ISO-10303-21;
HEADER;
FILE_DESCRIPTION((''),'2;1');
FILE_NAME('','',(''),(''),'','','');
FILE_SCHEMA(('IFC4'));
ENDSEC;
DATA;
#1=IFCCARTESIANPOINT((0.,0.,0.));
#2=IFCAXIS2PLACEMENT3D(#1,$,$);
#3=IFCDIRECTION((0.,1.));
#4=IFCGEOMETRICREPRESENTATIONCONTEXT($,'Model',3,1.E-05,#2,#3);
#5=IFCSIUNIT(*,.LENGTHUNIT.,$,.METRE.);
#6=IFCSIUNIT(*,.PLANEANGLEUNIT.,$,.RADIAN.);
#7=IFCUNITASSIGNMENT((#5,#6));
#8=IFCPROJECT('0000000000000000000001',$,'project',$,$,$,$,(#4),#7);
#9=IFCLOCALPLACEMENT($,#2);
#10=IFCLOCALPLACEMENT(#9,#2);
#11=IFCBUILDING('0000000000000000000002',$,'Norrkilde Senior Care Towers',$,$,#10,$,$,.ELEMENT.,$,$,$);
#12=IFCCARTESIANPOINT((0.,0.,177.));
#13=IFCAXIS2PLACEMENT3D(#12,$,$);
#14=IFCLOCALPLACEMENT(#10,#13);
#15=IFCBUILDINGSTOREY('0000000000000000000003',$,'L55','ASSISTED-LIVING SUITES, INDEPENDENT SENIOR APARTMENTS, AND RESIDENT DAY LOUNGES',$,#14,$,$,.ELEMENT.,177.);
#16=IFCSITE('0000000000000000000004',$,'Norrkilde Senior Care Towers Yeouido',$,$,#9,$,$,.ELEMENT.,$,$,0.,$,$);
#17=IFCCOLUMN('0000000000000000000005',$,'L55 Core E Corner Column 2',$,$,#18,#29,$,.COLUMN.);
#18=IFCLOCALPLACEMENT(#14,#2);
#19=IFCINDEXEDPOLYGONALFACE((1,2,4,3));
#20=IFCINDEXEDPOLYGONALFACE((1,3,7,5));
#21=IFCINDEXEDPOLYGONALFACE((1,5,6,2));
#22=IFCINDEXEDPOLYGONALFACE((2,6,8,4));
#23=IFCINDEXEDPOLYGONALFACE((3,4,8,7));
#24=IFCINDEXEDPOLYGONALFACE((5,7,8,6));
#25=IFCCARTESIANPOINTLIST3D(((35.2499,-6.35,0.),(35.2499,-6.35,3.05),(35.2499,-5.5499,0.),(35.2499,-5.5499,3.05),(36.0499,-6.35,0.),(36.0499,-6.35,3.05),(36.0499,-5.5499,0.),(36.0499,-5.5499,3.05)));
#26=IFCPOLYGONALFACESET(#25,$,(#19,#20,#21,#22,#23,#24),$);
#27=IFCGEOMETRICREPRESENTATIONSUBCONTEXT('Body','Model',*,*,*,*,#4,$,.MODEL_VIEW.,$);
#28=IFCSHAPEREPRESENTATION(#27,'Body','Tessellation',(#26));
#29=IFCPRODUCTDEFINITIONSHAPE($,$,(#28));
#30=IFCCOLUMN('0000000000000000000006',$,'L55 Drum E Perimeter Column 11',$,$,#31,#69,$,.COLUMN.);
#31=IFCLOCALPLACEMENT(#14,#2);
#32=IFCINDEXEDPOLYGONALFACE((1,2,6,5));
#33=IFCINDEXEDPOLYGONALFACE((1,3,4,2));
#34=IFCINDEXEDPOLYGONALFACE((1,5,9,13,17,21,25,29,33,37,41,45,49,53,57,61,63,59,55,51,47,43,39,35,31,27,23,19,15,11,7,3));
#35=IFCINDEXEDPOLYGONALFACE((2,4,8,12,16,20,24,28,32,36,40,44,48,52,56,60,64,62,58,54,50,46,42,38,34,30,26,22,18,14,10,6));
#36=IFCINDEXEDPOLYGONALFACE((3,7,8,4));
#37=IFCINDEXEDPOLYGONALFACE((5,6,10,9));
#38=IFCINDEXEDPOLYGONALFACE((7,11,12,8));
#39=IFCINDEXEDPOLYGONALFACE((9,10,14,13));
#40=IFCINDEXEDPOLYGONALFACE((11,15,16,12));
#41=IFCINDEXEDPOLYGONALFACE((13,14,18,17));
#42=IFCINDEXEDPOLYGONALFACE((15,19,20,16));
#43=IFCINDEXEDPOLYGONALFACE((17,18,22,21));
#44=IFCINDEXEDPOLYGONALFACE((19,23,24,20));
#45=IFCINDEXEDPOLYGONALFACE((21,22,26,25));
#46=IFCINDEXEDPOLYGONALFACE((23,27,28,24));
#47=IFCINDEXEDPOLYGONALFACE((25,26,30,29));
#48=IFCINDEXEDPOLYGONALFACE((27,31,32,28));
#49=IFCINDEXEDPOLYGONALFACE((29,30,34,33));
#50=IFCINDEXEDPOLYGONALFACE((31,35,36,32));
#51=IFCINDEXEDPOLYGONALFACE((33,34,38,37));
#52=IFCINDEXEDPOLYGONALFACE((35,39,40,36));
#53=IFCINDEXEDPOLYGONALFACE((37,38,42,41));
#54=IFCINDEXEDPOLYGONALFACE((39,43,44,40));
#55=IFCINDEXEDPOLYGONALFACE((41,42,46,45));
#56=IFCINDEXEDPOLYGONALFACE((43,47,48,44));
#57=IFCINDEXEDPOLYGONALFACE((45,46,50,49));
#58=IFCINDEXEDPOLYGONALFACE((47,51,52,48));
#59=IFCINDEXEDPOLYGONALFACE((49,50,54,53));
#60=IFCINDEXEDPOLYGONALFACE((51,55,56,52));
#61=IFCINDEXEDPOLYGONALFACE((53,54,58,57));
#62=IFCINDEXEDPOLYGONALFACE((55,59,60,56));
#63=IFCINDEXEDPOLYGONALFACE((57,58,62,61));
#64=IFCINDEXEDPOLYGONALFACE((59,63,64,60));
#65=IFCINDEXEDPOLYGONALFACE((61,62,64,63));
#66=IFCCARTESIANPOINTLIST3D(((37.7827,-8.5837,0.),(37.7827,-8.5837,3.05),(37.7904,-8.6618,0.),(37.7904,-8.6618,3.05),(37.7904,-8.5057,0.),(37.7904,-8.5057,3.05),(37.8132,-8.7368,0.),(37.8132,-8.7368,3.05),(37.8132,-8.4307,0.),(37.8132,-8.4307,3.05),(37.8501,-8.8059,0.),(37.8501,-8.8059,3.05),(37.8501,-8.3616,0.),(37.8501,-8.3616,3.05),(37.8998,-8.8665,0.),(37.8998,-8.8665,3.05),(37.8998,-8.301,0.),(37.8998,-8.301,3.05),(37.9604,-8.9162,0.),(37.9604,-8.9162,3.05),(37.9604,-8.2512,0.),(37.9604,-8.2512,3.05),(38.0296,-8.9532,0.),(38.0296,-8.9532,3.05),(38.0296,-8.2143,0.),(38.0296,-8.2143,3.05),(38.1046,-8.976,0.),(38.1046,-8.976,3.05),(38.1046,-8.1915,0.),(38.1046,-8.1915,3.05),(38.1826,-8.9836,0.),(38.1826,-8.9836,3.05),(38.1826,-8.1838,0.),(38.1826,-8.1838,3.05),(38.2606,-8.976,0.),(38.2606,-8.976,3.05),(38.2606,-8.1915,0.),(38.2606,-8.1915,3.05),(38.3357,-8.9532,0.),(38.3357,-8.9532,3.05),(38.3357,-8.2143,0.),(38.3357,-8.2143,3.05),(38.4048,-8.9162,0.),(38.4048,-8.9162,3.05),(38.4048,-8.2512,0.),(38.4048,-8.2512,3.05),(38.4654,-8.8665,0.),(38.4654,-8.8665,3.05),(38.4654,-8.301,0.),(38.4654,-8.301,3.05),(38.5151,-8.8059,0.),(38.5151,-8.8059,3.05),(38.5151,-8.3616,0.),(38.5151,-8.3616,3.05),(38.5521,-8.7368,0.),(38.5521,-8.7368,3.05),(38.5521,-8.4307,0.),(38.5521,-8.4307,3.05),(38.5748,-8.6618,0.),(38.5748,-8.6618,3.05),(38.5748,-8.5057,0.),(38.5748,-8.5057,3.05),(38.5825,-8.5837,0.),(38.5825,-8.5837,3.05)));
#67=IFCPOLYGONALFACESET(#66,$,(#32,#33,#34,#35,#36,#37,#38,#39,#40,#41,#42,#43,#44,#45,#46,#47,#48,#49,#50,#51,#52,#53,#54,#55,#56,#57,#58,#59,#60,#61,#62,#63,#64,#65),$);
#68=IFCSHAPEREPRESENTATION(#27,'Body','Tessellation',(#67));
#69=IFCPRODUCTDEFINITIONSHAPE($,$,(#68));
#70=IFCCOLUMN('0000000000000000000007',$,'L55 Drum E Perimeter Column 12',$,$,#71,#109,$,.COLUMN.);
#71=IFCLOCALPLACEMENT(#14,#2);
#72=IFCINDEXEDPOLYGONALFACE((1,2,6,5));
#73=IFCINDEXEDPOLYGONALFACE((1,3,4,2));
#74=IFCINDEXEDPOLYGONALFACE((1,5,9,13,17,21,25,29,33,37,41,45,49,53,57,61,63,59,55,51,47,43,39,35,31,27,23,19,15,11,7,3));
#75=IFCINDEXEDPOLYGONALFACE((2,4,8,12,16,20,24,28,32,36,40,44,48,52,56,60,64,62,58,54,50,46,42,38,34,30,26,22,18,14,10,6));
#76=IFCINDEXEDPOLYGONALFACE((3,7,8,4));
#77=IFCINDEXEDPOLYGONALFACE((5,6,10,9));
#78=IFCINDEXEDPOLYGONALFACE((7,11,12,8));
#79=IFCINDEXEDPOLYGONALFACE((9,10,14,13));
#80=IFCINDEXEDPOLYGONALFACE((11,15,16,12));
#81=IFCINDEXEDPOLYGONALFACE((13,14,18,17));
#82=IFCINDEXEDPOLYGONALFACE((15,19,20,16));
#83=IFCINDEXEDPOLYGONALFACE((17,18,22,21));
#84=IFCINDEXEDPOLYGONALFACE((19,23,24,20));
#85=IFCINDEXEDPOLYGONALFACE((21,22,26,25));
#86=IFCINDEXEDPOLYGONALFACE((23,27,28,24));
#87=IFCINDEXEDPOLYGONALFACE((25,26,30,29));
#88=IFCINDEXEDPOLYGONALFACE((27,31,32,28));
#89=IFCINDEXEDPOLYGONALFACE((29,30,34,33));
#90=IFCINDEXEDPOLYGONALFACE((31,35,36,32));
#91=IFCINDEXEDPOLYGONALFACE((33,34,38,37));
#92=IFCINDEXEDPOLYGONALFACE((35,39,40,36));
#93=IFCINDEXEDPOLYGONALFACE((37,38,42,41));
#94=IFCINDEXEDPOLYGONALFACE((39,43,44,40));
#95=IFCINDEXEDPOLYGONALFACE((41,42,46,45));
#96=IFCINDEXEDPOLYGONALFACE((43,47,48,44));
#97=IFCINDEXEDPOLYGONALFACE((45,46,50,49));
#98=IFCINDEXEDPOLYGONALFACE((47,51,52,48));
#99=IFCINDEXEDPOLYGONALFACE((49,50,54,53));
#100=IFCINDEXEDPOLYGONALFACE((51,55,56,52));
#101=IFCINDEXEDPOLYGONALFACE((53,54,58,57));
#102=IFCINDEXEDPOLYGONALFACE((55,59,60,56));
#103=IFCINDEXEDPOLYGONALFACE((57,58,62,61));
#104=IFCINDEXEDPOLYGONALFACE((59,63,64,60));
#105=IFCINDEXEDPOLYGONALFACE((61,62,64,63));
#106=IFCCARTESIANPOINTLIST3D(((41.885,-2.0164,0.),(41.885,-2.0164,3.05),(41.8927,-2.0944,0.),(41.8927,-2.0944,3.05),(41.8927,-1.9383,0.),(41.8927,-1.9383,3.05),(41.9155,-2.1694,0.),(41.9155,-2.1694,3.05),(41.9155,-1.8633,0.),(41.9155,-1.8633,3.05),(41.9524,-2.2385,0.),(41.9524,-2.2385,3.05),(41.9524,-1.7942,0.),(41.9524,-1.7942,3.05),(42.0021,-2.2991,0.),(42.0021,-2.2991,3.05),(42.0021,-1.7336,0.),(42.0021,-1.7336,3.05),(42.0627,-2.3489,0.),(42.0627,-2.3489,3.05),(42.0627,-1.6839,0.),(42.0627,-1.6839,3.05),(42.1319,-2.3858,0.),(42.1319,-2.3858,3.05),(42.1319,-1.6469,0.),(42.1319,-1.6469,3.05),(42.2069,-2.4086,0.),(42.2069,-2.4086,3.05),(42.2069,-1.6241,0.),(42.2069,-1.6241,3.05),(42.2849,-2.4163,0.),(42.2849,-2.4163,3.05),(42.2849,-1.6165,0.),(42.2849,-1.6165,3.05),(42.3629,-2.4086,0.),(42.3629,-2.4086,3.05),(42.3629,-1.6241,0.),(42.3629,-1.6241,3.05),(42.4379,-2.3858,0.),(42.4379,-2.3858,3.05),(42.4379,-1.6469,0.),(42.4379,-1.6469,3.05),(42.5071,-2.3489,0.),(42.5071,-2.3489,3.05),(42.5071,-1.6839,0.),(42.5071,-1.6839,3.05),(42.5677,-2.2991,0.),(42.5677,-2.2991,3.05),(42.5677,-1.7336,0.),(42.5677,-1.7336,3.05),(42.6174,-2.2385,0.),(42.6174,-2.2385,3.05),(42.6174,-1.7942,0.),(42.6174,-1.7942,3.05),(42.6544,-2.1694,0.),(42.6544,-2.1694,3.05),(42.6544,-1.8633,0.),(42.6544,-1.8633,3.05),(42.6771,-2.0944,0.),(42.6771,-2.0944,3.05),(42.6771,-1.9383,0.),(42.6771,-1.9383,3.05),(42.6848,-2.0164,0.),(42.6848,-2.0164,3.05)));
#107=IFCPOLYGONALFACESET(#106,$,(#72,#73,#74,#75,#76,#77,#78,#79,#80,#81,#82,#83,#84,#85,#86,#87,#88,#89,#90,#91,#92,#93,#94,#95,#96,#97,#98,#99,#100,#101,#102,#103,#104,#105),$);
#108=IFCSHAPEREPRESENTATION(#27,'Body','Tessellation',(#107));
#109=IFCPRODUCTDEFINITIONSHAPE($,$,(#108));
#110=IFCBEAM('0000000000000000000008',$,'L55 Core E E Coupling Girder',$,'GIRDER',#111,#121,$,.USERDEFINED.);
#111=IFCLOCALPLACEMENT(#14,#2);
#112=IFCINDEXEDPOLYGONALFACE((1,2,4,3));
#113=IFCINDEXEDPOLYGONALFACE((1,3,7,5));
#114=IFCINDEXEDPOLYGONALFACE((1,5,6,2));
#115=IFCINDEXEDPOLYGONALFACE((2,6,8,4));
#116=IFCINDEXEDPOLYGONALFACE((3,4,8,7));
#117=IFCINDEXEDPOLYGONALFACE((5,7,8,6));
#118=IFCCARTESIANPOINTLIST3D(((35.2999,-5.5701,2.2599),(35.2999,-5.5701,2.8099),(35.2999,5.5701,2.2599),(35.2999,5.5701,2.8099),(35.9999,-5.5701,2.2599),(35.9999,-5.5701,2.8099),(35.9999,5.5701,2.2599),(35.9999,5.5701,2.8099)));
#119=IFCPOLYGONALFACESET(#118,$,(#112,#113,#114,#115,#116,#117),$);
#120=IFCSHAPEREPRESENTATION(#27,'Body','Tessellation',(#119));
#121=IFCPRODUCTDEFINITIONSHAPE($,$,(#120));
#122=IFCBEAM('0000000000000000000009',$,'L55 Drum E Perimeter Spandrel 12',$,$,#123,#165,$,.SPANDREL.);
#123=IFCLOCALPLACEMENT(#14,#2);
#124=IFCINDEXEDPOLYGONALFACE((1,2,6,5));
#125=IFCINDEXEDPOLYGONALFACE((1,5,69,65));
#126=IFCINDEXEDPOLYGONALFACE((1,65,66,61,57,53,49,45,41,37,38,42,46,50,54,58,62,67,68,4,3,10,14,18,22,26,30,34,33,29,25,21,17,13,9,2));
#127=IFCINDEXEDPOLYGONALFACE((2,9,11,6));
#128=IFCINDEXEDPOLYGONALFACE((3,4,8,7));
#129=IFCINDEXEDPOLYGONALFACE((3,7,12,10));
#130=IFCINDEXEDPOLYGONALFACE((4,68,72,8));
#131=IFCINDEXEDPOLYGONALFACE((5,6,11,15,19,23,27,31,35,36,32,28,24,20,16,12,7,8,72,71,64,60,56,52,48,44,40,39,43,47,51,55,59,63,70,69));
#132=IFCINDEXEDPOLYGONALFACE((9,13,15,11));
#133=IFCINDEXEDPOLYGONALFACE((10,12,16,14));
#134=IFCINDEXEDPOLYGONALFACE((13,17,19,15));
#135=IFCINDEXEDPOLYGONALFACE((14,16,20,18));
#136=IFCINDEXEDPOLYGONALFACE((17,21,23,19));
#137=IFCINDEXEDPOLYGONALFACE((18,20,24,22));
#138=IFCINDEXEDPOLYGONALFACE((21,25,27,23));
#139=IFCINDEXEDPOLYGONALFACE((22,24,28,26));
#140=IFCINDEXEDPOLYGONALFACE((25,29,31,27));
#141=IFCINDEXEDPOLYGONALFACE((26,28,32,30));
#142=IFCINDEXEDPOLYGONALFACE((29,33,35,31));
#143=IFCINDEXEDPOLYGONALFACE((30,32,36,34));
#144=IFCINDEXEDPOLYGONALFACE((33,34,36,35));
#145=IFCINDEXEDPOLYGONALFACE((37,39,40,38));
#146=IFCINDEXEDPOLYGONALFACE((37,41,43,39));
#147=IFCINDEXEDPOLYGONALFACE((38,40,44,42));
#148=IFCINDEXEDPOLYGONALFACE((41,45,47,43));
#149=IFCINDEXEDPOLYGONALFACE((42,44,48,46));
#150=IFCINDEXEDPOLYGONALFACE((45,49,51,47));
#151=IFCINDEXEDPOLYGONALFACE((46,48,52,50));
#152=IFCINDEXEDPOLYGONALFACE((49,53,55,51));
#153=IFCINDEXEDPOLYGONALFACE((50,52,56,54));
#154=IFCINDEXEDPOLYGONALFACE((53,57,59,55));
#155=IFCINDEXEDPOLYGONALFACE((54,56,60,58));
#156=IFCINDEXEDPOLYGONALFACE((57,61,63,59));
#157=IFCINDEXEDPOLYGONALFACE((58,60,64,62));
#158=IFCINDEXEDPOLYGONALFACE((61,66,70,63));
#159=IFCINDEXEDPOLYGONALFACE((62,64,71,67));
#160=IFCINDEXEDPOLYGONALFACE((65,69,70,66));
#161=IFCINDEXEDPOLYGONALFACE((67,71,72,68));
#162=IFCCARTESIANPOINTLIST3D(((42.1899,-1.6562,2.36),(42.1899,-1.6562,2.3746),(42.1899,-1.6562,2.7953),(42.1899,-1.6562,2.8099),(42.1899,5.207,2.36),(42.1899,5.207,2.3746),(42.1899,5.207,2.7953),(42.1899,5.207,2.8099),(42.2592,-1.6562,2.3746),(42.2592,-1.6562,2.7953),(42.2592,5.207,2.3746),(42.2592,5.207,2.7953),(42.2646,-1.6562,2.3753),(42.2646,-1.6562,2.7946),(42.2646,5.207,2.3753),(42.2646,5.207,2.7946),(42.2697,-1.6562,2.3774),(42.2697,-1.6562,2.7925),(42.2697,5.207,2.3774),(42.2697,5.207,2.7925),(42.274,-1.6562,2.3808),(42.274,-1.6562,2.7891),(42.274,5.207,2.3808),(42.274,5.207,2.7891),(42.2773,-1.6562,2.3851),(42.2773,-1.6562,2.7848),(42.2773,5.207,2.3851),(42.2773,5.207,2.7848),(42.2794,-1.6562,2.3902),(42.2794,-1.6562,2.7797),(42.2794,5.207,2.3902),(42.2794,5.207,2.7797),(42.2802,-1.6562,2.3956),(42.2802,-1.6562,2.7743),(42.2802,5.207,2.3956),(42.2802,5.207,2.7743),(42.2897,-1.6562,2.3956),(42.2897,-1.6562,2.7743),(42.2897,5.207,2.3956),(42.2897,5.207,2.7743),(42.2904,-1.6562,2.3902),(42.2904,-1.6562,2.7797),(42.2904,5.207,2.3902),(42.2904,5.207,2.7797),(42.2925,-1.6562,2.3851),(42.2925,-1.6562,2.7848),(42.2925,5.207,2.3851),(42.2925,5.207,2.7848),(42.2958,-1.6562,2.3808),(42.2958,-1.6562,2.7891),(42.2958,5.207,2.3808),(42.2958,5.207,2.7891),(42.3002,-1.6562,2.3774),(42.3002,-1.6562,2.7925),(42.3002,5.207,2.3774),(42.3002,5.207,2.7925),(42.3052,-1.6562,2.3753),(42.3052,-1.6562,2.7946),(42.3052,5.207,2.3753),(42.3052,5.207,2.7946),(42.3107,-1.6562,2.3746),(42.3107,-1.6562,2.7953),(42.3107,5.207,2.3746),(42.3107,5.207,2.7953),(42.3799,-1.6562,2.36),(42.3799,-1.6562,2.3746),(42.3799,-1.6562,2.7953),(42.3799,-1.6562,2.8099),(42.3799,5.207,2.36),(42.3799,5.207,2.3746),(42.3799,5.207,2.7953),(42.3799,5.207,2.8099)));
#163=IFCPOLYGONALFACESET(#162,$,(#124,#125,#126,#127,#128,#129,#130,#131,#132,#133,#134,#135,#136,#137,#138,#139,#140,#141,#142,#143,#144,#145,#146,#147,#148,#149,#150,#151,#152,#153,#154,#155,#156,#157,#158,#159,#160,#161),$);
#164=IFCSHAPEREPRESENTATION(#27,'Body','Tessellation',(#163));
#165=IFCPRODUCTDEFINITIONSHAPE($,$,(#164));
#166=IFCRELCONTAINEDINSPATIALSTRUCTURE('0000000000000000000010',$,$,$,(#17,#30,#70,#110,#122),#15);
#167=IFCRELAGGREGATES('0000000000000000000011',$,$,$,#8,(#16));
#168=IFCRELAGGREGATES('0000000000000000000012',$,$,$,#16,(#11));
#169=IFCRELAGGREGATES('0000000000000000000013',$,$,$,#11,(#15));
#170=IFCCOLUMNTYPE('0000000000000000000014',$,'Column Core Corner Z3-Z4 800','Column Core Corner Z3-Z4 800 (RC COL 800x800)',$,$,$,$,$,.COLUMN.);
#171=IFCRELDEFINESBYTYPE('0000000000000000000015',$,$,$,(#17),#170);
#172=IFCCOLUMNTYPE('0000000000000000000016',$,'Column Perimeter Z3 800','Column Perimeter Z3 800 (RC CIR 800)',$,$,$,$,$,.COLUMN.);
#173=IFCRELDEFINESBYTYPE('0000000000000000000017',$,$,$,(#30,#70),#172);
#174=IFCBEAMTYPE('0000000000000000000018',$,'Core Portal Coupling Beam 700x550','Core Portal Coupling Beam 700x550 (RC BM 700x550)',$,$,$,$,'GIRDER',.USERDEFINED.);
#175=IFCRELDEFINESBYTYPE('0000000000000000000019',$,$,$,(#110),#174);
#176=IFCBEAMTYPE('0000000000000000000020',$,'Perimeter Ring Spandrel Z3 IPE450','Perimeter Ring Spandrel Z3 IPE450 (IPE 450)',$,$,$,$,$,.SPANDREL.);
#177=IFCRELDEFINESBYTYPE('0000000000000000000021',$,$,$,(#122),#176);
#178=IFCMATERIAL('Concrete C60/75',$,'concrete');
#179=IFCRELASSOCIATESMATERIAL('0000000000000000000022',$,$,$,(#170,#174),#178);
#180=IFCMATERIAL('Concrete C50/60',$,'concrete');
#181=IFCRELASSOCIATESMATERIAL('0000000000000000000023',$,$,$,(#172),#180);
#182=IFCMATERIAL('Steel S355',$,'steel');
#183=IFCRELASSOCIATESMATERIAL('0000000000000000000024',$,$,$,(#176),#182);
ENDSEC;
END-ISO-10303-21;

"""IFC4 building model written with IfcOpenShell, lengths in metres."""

from ifc_helpers import new_model, si_unit, direction, frame, origin, origin_2d, place, context, subcontext, project, spatial, rectangle, circle, i_section, extrude, source, transform, mapped, material, material_profile, profile_set, type_object, type_shapes, element, save


model = new_model("IFC4")

# Units and contexts
model_context = context("Model", 3, precision=1e-05, world=origin(), true_north=direction((0.0, 1.0)))
body_context = subcontext(model_context, "Body", "Model", "MODEL_VIEW")
ifc_project = project(units=[si_unit("LENGTHUNIT", "METRE"), si_unit("PLANEANGLEUNIT", "RADIAN")], contexts=[model_context])

# Site, building, storey
site_placement = place(None, origin())
site = spatial("IfcSite", under=ifc_project, at=site_placement, Name="Norrkilde Senior Care Towers Yeouido", CompositionType="ELEMENT", RefElevation=0.0)
building_placement = place(site_placement, origin())
building = spatial("IfcBuilding", under=site, at=building_placement, Name="Norrkilde Senior Care Towers", CompositionType="ELEMENT")
storey_placement = place(building_placement, frame((0.0, 0.0, 177.0)))
storey = spatial("IfcBuildingStorey", under=building, at=storey_placement, Name="L55", Description="ASSISTED-LIVING SUITES, INDEPENDENT SENIOR APARTMENTS, AND RESIDENT DAY LOUNGES", CompositionType="ELEMENT", Elevation=177.0)

# Columns
ifc_material_1 = material(Name="Concrete C60/75", Category="concrete")
ifc_material_profile_1 = material_profile(ifc_material_1, rectangle(XDim=0.8, YDim=0.8, at=origin_2d()), Name="RC COL 800x800")
ifc_profile_set_1 = profile_set([ifc_material_profile_1], Name="Concrete C60/75")
column_type_1 = type_object("IfcColumnType", Name="Column Core Corner Z3-Z4 800", Description="Column Core Corner Z3-Z4 800 (RC COL 800x800)", PredefinedType="COLUMN", material=ifc_profile_set_1)
shared_shape_1 = source(origin(), body_context, "Body", "SweptSolid", [
    extrude(rectangle(XDim=0.8, YDim=0.8, at=origin_2d()), origin(), (0.0, 0.0, 1.0), 3.05),
])
type_shapes(column_type_1, [shared_shape_1])
column_placement = place(storey_placement, frame((35.6499, -5.95, 0.0), z_axis=(0.0, 0.0, 1.0), x_axis=(1.0, 0.0, 0.0)))
element("IfcColumn", 1, at=column_placement, inside=storey, type_object=column_type_1, Name="L55 Core E Corner Column 2", PredefinedType="COLUMN", context=body_context, shape_type="MappedRepresentation", body=[
    mapped(shared_shape_1, transform((0.0, 0.0, 0.0), x_axis=(1.0, 0.0, 0.0), y_axis=(0.0, 1.0, 0.0), z_axis=(0.0, 0.0, 1.0), scale=1.0)),
])
ifc_material_2 = material(Name="Concrete C50/60", Category="concrete")
ifc_material_profile_2 = material_profile(ifc_material_2, circle(Radius=0.3999, at=origin_2d()), Name="RC CIR 800")
ifc_profile_set_2 = profile_set([ifc_material_profile_2], Name="Concrete C50/60")
column_type_2 = type_object("IfcColumnType", Name="Column Perimeter Z3 800", Description="Column Perimeter Z3 800 (RC CIR 800)", PredefinedType="COLUMN", material=ifc_profile_set_2)
shared_shape_2 = source(origin(), body_context, "Body", "SweptSolid", [
    extrude(circle(Radius=0.3999, at=origin_2d()), origin(), (0.0, 0.0, 1.0), 3.05),
])
type_shapes(column_type_2, [shared_shape_2])
for number, where, z_axis, x_axis, name in (
    (2, (38.1826, -8.5837, 0.0), (0.0, 0.0, 1.0), (1.0, 0.0, 0.0), "L55 Drum E Perimeter Column 11"),
    (3, (42.2849, -2.0164, 0.0), (0.0, 0.0, 1.0), (1.0, 0.0, 0.0), "L55 Drum E Perimeter Column 12"),
):
    element("IfcColumn", number, at=place(storey_placement, frame(where, z_axis=z_axis, x_axis=x_axis)), inside=storey, type_object=column_type_2, Name=name, PredefinedType="COLUMN", context=body_context, shape_type="MappedRepresentation", body=[
        mapped(shared_shape_2, transform((0.0, 0.0, 0.0), x_axis=(1.0, 0.0, 0.0), y_axis=(0.0, 1.0, 0.0), z_axis=(0.0, 0.0, 1.0), scale=1.0)),
    ])

# Beams
ifc_material_profile_3 = material_profile(ifc_material_1, rectangle(XDim=0.7, YDim=0.55, at=origin_2d()), Name="RC BM 700x550")
ifc_profile_set_3 = profile_set([ifc_material_profile_3], Name="Concrete C60/75")
beam_type_1 = type_object("IfcBeamType", Name="Core Portal Coupling Beam 700x550", Description="Core Portal Coupling Beam 700x550 (RC BM 700x550)", ElementType="GIRDER", PredefinedType="USERDEFINED", material=ifc_profile_set_3)
shared_shape_3 = source(origin(), body_context, "Body", "SweptSolid", [
    extrude(rectangle(XDim=0.7, YDim=0.55, at=origin_2d()), origin(), (0.0, 0.0, 1.0), 11.1401),
])
type_shapes(beam_type_1, [shared_shape_3])
beam_1_placement = place(storey_placement, frame((35.6499, -5.5701, 2.5349), z_axis=(0.0, 1.0, 0.0), x_axis=(-1.0, 0.0, 0.0)))
element("IfcBeam", 4, at=beam_1_placement, inside=storey, type_object=beam_type_1, Name="L55 Core E E Coupling Girder", ObjectType="GIRDER", PredefinedType="USERDEFINED", context=body_context, shape_type="MappedRepresentation", body=[
    mapped(shared_shape_3, transform((0.0, 0.0, 0.0), x_axis=(1.0, 0.0, 0.0), y_axis=(0.0, 1.0, 0.0), z_axis=(0.0, 0.0, 1.0), scale=1.0)),
])
ifc_material_3 = material(Name="Steel S355", Category="steel")
ifc_material_profile_4 = material_profile(ifc_material_3, i_section(OverallWidth=0.1899, OverallDepth=0.45, WebThickness=0.0095, FlangeThickness=0.0146, FilletRadius=0.021, at=origin_2d()), Name="IPE 450")
ifc_profile_set_4 = profile_set([ifc_material_profile_4], Name="Steel S355")
beam_type_2 = type_object("IfcBeamType", Name="Perimeter Ring Spandrel Z3 IPE450", Description="Perimeter Ring Spandrel Z3 IPE450 (IPE 450)", PredefinedType="SPANDREL", material=ifc_profile_set_4)
shared_shape_4 = source(origin(), body_context, "Body", "SweptSolid", [
    extrude(i_section(OverallWidth=0.1899, OverallDepth=0.45, WebThickness=0.0095, FlangeThickness=0.0146, FilletRadius=0.021, at=origin_2d()), origin(), (0.0, 0.0, 1.0), 6.8633),
])
beam_2_placement = place(storey_placement, frame((42.2849, -1.6562, 2.585), z_axis=(0.0, 1.0, 0.0), x_axis=(-1.0, 0.0, 0.0)))
element("IfcBeam", 5, at=beam_2_placement, inside=storey, type_object=beam_type_2, Name="L55 Drum E Perimeter Spandrel 12", PredefinedType="SPANDREL", context=body_context, shape_type="MappedRepresentation", body=[
    mapped(shared_shape_4, transform((0.0, 0.0, 0.0), x_axis=(1.0, 0.0, 0.0), y_axis=(0.0, 1.0, 0.0), z_axis=(0.0, 0.0, 1.0), scale=1.0)),
])

save(model, "model.ifc")
